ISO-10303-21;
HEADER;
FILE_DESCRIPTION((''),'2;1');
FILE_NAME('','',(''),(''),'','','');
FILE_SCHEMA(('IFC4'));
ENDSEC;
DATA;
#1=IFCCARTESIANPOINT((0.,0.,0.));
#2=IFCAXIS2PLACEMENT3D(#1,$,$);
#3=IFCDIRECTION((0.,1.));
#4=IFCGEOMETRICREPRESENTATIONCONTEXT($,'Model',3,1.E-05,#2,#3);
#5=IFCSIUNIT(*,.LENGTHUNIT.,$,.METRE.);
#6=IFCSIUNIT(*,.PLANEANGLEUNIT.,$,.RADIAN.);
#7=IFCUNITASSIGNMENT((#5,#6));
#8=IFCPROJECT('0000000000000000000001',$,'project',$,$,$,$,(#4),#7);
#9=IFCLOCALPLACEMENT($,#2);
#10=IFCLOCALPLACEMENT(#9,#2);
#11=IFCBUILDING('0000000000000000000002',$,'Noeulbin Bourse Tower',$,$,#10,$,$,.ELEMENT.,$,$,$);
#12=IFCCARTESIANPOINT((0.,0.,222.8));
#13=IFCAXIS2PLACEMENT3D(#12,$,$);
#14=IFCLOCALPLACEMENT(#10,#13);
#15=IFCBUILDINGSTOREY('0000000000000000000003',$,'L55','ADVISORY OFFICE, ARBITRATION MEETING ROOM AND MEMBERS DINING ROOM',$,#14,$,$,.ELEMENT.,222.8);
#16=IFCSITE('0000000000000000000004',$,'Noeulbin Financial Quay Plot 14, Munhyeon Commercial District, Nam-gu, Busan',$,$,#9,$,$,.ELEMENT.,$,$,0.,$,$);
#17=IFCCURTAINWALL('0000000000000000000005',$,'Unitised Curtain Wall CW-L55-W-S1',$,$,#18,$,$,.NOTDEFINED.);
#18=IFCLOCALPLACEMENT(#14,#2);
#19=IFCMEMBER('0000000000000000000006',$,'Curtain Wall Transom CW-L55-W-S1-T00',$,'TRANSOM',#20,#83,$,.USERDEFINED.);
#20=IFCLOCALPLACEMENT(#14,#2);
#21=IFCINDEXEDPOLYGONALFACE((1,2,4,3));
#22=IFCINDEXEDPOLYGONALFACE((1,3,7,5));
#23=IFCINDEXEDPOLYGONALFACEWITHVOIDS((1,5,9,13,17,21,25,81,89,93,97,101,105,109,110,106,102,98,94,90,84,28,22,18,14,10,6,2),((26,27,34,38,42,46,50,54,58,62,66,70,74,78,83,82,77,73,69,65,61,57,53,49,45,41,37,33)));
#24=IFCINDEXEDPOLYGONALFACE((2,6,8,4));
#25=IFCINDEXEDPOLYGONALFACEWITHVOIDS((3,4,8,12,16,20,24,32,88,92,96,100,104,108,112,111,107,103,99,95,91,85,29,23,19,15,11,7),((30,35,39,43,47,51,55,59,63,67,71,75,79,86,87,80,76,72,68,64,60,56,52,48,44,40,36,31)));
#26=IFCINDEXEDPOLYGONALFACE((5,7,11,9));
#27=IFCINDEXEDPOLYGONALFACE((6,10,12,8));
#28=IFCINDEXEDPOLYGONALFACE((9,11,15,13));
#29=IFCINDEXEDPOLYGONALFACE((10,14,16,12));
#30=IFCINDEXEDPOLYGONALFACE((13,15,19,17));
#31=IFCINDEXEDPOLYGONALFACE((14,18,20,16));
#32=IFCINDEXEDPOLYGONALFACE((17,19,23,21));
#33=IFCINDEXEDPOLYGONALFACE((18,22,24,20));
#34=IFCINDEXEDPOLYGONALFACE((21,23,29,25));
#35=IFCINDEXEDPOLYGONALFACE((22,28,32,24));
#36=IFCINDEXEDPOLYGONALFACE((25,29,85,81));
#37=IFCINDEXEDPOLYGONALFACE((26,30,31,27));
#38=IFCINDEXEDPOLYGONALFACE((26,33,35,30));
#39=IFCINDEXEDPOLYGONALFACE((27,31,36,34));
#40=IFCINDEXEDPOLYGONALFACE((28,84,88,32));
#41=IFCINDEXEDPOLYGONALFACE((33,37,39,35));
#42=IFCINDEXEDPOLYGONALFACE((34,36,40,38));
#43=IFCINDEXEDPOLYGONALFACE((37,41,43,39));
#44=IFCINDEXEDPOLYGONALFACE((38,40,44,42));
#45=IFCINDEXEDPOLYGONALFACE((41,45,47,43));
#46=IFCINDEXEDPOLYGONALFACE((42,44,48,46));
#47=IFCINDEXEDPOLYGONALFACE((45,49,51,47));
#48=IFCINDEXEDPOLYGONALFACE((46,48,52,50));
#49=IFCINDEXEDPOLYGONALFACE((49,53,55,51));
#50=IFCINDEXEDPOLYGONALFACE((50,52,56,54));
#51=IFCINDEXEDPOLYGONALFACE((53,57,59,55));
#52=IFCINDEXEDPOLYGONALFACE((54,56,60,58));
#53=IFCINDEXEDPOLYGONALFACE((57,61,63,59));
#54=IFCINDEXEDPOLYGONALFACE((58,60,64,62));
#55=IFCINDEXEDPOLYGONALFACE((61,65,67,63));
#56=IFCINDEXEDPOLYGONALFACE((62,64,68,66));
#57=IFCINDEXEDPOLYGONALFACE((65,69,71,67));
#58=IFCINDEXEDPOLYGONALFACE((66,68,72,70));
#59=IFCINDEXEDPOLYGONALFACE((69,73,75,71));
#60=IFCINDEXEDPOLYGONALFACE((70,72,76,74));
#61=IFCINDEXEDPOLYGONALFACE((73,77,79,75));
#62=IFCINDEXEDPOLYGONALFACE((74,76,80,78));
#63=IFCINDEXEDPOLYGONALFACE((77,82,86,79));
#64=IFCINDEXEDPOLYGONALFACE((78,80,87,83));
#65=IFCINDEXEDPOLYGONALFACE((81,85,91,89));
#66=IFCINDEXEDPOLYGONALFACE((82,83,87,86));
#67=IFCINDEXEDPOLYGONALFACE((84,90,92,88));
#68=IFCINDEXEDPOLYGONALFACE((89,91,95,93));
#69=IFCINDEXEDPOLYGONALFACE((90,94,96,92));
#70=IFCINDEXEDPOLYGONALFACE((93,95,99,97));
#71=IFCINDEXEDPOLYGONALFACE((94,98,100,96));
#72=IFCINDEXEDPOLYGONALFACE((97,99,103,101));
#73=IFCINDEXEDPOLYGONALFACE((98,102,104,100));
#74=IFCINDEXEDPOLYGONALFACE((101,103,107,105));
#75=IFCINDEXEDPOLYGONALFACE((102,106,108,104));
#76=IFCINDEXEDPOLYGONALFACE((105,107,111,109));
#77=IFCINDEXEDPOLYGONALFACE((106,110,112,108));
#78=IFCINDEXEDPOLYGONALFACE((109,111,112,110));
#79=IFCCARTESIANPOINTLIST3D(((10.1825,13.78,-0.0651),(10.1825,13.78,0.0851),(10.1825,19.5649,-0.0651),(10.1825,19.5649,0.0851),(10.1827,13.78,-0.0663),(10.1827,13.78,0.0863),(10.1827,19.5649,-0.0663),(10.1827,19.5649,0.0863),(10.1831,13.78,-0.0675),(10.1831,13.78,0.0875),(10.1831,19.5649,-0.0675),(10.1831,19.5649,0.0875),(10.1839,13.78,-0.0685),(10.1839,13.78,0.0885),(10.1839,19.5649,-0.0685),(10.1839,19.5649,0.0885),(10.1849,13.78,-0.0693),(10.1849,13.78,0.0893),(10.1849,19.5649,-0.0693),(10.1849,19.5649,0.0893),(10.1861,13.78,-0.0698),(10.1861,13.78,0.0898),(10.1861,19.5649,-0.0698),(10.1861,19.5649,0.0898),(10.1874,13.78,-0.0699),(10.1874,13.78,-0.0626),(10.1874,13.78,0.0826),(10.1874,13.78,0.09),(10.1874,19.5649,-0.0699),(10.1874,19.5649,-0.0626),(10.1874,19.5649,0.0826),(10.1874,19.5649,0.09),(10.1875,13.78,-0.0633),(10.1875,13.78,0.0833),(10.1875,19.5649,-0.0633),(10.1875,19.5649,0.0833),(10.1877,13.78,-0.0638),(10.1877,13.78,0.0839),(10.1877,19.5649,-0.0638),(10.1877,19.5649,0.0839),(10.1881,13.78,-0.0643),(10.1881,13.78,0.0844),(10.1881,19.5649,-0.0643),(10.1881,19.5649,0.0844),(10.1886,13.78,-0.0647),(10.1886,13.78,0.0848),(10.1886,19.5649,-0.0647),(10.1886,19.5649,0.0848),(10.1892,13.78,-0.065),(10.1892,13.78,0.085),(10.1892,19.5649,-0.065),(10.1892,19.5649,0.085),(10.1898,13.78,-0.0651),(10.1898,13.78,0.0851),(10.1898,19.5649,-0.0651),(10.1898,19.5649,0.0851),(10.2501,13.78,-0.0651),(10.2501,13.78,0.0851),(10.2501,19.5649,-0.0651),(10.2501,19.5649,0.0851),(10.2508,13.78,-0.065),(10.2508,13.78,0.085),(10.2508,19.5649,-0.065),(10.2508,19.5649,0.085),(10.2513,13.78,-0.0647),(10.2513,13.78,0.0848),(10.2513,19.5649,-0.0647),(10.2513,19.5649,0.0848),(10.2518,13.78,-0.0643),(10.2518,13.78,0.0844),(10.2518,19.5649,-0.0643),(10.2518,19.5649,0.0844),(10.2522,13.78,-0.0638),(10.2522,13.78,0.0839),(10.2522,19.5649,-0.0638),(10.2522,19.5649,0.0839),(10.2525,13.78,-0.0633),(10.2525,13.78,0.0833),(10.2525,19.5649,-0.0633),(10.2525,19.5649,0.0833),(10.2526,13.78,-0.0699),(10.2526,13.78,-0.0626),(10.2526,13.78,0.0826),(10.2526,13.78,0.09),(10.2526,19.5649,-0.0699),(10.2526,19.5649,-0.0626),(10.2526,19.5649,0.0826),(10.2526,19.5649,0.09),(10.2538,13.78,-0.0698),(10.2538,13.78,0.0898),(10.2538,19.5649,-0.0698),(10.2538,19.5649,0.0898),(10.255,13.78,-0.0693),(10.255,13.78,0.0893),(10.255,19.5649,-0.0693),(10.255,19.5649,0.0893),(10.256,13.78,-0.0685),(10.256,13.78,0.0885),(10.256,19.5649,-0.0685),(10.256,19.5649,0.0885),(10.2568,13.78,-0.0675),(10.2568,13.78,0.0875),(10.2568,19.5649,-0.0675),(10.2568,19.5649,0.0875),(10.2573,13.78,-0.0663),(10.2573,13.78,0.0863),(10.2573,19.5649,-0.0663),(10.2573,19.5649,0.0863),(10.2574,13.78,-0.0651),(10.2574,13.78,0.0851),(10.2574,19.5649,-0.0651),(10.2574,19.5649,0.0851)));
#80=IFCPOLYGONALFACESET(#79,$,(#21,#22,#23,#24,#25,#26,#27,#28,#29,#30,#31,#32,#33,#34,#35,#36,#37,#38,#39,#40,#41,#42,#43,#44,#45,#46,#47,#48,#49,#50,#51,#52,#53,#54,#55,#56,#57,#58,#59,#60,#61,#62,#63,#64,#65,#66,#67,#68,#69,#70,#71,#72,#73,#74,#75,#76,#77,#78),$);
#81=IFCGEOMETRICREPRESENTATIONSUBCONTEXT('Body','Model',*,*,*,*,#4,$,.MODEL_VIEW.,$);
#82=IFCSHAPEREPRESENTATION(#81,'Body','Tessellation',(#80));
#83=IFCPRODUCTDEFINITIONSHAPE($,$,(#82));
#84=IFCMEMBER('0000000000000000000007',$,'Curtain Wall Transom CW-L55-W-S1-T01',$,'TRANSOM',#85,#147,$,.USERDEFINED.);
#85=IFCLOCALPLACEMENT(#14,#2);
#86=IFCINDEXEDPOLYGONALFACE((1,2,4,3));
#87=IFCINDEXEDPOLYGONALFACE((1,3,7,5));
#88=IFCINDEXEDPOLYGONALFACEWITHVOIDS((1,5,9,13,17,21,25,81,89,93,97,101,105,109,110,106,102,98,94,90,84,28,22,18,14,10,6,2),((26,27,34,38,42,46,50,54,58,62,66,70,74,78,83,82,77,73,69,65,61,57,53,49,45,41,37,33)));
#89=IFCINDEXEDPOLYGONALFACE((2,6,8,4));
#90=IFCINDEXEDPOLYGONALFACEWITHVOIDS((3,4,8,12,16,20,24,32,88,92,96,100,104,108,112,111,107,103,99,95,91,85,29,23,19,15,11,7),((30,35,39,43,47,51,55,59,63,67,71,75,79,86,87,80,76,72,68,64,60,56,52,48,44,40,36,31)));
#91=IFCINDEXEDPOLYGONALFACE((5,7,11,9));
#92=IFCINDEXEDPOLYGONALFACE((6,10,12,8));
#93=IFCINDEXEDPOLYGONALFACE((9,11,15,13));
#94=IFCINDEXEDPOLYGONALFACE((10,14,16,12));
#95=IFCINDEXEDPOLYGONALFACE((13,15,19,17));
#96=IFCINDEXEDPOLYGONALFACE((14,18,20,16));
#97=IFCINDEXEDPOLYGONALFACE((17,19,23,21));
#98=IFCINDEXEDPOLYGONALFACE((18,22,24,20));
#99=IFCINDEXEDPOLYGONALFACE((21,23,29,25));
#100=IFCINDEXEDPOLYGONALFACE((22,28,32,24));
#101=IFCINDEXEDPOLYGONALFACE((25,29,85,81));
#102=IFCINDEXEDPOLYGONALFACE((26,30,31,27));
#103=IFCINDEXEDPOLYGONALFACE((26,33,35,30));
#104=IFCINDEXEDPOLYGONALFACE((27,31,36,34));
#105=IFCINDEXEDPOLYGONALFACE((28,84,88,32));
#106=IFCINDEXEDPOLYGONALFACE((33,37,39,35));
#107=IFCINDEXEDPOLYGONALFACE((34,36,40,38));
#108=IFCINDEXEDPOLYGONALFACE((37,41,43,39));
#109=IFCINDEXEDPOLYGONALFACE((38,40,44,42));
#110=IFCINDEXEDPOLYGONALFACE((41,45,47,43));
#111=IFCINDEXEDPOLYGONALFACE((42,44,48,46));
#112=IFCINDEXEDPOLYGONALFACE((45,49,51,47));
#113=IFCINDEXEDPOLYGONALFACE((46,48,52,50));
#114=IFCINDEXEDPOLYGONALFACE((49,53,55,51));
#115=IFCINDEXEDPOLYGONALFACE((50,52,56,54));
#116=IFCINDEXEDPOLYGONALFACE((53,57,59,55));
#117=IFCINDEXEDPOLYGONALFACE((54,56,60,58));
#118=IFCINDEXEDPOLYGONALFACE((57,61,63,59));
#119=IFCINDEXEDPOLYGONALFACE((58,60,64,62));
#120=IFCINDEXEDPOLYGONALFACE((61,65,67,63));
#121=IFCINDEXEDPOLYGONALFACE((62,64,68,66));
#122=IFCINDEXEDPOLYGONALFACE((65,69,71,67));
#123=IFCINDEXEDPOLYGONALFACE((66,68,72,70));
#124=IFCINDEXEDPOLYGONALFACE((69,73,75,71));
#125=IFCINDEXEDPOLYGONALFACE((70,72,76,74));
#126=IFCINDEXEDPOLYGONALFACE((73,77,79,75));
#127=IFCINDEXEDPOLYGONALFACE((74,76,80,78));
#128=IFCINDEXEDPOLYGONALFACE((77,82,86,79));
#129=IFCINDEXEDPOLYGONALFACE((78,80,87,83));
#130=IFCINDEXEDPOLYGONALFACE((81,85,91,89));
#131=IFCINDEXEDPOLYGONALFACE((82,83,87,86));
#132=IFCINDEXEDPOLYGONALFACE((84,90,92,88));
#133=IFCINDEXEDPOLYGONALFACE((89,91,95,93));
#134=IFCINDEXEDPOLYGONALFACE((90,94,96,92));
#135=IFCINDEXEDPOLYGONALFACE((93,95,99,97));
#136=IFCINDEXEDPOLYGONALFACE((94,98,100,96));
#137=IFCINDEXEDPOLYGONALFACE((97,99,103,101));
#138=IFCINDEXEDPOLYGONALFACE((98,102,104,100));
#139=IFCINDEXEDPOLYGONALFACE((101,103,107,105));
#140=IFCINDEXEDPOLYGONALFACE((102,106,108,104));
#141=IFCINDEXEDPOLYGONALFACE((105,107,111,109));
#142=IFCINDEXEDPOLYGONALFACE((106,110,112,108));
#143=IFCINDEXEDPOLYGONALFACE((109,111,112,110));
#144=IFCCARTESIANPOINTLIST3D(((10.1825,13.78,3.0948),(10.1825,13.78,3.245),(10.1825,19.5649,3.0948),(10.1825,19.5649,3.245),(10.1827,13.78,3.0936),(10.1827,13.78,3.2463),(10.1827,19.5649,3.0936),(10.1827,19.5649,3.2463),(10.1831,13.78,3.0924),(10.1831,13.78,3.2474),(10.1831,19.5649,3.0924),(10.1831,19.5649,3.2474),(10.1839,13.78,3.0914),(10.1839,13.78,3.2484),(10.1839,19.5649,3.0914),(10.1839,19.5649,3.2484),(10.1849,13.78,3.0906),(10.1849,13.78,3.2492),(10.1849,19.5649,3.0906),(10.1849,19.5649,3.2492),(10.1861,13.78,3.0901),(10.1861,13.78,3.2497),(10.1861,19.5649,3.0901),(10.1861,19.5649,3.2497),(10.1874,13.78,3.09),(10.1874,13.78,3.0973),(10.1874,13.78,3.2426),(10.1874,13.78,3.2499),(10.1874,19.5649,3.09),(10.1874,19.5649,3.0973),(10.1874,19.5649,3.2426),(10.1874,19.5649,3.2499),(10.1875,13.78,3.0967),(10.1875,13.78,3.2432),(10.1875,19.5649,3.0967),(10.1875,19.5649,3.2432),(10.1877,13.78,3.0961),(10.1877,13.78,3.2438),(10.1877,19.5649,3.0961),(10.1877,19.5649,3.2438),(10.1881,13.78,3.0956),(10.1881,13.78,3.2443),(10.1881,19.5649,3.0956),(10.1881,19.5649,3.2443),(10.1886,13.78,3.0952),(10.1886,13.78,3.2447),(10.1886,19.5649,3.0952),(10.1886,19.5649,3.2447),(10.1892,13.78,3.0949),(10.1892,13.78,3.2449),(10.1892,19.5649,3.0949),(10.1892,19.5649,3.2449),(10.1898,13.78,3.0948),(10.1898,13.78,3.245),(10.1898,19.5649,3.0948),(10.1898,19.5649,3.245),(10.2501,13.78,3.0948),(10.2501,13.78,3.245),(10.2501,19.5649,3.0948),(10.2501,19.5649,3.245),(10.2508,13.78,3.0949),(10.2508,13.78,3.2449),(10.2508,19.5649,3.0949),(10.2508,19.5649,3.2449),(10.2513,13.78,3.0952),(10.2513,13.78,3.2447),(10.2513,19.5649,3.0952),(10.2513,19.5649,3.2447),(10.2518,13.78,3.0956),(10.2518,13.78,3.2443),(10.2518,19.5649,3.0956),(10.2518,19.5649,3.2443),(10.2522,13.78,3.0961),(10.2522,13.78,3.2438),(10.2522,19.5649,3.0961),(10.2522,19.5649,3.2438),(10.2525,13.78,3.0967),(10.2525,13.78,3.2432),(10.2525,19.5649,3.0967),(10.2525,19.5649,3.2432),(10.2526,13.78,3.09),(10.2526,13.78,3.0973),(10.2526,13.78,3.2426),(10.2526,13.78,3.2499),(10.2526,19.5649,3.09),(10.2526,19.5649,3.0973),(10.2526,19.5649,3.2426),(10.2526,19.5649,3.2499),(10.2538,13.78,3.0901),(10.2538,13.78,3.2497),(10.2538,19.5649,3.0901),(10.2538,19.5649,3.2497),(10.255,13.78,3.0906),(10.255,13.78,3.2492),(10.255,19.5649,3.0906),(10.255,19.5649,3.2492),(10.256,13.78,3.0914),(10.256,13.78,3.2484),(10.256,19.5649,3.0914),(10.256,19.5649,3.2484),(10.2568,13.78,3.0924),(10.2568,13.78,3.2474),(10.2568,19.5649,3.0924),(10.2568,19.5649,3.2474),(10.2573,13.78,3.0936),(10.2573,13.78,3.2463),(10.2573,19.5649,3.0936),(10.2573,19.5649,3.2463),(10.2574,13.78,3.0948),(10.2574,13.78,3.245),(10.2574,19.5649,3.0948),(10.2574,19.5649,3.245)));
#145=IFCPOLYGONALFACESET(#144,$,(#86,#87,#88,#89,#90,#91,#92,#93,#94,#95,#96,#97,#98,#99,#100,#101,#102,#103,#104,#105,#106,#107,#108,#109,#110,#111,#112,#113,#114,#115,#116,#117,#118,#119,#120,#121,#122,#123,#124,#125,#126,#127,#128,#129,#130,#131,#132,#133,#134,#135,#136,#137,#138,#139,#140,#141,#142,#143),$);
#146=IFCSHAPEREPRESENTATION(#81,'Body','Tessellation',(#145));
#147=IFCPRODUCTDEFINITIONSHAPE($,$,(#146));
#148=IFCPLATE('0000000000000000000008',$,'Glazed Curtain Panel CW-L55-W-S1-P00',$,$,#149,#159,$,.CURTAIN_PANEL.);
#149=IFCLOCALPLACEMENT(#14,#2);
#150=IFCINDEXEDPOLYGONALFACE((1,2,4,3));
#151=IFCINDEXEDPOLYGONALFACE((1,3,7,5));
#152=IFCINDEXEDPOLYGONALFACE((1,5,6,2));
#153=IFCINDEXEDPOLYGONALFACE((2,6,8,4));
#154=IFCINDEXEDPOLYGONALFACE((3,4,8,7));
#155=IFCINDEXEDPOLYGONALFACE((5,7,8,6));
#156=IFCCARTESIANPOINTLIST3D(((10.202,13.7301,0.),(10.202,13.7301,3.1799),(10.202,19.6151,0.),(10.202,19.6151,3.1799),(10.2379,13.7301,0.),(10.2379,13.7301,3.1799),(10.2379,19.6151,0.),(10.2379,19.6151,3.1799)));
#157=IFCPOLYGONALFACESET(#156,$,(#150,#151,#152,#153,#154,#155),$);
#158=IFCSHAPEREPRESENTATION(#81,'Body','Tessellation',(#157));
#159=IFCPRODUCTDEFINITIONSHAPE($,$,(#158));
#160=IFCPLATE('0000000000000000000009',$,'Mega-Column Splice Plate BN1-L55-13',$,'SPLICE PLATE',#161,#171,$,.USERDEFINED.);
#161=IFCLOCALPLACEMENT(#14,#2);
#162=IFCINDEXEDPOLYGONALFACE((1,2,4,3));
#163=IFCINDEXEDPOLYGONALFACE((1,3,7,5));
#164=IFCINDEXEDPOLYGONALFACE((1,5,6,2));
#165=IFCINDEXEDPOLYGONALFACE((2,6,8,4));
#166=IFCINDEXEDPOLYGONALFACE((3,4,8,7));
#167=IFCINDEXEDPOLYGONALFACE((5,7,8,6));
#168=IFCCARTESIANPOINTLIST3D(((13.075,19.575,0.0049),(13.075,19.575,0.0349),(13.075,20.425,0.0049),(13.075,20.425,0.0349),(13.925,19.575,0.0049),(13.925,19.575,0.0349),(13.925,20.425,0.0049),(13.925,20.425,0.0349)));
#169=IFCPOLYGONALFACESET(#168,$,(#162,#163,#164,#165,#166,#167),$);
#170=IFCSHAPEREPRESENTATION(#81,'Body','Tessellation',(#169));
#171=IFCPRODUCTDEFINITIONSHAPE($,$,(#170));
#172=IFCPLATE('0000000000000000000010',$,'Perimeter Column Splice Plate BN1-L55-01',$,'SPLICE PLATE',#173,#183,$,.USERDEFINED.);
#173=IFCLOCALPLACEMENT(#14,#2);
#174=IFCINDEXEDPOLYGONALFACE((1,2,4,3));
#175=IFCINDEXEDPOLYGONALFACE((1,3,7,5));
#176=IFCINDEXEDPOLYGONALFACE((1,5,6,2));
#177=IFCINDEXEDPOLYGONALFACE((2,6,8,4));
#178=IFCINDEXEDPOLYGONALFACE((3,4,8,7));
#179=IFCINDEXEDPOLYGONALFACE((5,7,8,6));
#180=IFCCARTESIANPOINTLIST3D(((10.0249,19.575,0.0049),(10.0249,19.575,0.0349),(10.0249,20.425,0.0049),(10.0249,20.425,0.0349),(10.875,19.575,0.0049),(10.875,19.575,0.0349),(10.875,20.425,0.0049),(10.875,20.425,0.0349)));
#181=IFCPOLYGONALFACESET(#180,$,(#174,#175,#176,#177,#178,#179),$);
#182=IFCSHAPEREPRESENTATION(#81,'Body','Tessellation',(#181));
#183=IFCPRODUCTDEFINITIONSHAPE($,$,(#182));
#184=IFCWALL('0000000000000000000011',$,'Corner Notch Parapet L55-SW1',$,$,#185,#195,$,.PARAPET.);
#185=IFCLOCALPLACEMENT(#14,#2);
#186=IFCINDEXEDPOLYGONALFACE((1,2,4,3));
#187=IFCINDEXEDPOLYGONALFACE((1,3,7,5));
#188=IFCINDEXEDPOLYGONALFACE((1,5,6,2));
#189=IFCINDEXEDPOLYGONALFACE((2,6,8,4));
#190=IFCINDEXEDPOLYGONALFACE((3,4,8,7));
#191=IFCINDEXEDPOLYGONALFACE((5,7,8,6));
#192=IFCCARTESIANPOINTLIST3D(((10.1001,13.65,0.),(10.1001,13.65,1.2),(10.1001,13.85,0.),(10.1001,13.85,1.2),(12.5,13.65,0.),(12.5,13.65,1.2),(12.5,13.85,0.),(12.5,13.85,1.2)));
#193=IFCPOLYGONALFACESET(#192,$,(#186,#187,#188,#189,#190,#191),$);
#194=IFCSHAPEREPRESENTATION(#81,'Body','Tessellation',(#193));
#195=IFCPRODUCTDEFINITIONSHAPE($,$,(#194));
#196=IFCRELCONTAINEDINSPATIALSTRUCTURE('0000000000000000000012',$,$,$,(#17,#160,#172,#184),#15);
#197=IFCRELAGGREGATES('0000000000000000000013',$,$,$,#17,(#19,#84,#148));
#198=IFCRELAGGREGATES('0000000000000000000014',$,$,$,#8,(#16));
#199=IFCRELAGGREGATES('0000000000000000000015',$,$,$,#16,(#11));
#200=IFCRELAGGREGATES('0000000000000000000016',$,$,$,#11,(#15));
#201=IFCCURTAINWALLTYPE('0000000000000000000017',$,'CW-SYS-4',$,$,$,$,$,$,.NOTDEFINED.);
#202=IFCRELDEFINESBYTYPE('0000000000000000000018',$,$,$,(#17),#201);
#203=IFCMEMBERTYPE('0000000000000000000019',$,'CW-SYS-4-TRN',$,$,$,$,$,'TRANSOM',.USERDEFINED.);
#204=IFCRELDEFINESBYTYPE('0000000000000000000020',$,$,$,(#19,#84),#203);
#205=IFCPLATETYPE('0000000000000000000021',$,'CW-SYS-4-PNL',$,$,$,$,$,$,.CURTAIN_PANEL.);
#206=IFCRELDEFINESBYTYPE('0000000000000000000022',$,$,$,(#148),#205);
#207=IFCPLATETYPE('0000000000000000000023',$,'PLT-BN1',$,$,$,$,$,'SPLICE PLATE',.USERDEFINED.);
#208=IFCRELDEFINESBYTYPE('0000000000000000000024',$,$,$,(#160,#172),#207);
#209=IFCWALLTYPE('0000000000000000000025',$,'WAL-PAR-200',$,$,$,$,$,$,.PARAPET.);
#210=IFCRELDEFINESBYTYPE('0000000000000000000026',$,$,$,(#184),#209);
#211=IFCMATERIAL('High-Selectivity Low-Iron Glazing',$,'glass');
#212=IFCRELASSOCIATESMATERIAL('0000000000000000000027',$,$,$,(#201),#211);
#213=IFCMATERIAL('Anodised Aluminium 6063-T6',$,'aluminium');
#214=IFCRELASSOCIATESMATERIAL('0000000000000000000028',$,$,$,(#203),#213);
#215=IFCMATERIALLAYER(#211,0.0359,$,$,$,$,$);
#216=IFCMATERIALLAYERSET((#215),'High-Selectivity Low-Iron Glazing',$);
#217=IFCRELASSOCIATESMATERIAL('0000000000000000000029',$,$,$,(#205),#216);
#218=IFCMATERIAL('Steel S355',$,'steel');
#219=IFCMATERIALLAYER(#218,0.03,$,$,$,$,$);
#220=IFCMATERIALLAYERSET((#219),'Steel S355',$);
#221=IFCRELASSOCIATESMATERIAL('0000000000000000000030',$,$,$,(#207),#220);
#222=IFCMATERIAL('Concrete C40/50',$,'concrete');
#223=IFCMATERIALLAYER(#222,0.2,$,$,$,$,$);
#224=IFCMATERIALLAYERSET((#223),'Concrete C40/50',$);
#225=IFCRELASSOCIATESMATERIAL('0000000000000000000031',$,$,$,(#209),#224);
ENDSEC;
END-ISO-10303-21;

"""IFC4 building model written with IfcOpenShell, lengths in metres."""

from ifc_helpers import new_model, si_unit, direction, frame, frame_2d, origin, origin_2d, place, context, subcontext, project, spatial, rectangle, hollow_rectangle, extrude, material, layer, layer_set, material_profile, profile_set, type_object, element, aggregate, save


model = new_model("IFC4")

# Units and contexts
model_context = context("Model", 3, precision=1e-05, world=origin(), true_north=direction((0.0, 1.0)))
body_context = subcontext(model_context, "Body", "Model", "MODEL_VIEW")
ifc_project = project(units=[si_unit("LENGTHUNIT", "METRE"), si_unit("PLANEANGLEUNIT", "RADIAN")], contexts=[model_context])

# Site, building, storey
site_placement = place(None, origin())
site = spatial("IfcSite", under=ifc_project, at=site_placement, Name="Noeulbin Financial Quay Plot 14, Munhyeon Commercial District, Nam-gu, Busan", CompositionType="ELEMENT", RefElevation=0.0)
building_placement = place(site_placement, origin())
building = spatial("IfcBuilding", under=site, at=building_placement, Name="Noeulbin Bourse Tower", CompositionType="ELEMENT")
storey_placement = place(building_placement, frame((0.0, 0.0, 222.8)))
storey = spatial("IfcBuildingStorey", under=building, at=storey_placement, Name="L55", Description="ADVISORY OFFICE, ARBITRATION MEETING ROOM AND MEMBERS DINING ROOM", CompositionType="ELEMENT", Elevation=222.8)

# Shared definitions
ifc_material_1 = material(Name="Steel S355", Category="steel")

# Curtain wall, members, plate
ifc_material_2 = material(Name="High-Selectivity Low-Iron Glazing", Category="glass")
curtain_wall_type = type_object("IfcCurtainWallType", Name="CW-SYS-4", PredefinedType="NOTDEFINED", material=ifc_material_2)
curtain_wall_placement = place(storey_placement, origin())
curtain_wall = element("IfcCurtainWall", 1, at=curtain_wall_placement, inside=storey, type_object=curtain_wall_type, Name="Unitised Curtain Wall CW-L55-W-S1", PredefinedType="NOTDEFINED")
ifc_material_3 = material(Name="Anodised Aluminium 6063-T6", Category="aluminium")
ifc_material_profile_1 = material_profile(ifc_material_3, hollow_rectangle(XDim=0.075, YDim=0.1599, WallThickness=0.0049, InnerFilletRadius=0.0024, OuterFilletRadius=0.0049, at=origin_2d()), Name="ALU-TRAN-75x160x5", Category="LoadBearing")
ifc_profile_set_1 = profile_set([ifc_material_profile_1], Name="Anodised Aluminium 6063-T6")
member_type_1 = type_object("IfcMemberType", Name="CW-SYS-4-TRN", ElementType="TRANSOM", PredefinedType="USERDEFINED", material=ifc_profile_set_1)
member_1_placement = place(storey_placement, frame((10.22, 13.78, 0.01), z_axis=(0.0, 1.0, 0.0), x_axis=(-1.0, 0.0, 0.0)))
member_1 = element("IfcMember", 2, at=member_1_placement, type_object=member_type_1, Name="Curtain Wall Transom CW-L55-W-S1-T00", ObjectType="TRANSOM", PredefinedType="USERDEFINED", context=body_context, shape_type="SweptSolid", body=[
    extrude(hollow_rectangle(XDim=0.075, YDim=0.1599, WallThickness=0.0049, InnerFilletRadius=0.0024, OuterFilletRadius=0.0049, at=origin_2d()), origin(), (0.0, 0.0, 1.0), 5.7849),
])
member_2_placement = place(storey_placement, frame((10.22, 13.78, 3.1699), z_axis=(0.0, 1.0, 0.0), x_axis=(-1.0, 0.0, 0.0)))
member_2 = element("IfcMember", 3, at=member_2_placement, type_object=member_type_1, Name="Curtain Wall Transom CW-L55-W-S1-T01", ObjectType="TRANSOM", PredefinedType="USERDEFINED", context=body_context, shape_type="SweptSolid", body=[
    extrude(hollow_rectangle(XDim=0.075, YDim=0.1599, WallThickness=0.0049, InnerFilletRadius=0.0024, OuterFilletRadius=0.0049, at=origin_2d()), origin(), (0.0, 0.0, 1.0), 5.7849),
])
ifc_layer_1 = layer(ifc_material_2, 0.0359)
ifc_layer_set_1 = layer_set([ifc_layer_1], Name="High-Selectivity Low-Iron Glazing")
plate_type_1 = type_object("IfcPlateType", Name="CW-SYS-4-PNL", PredefinedType="CURTAIN_PANEL", material=ifc_layer_set_1)
plate_placement = place(storey_placement, frame((10.22, 16.6726, 0.0), z_axis=(0.0, 0.0, 1.0), x_axis=(0.0, 1.0, 0.0)))
plate = element("IfcPlate", 4, at=plate_placement, type_object=plate_type_1, Name="Glazed Curtain Panel CW-L55-W-S1-P00", PredefinedType="CURTAIN_PANEL", context=body_context, shape_type="SweptSolid", body=[
    extrude(rectangle(XDim=5.885, YDim=0.0359, at=origin_2d()), origin(), (0.0, 0.0, 1.0), 3.1799),
])
aggregate(curtain_wall, [member_1, member_2, plate])

# Plates
ifc_layer_2 = layer(ifc_material_1, 0.03)
ifc_layer_set_2 = layer_set([ifc_layer_2], Name="Steel S355")
plate_type_2 = type_object("IfcPlateType", Name="PLT-BN1", ElementType="SPLICE PLATE", PredefinedType="USERDEFINED", material=ifc_layer_set_2)
for number, where, z_axis, x_axis, name in (
    (5, (13.5, 20.0, 0.0049), (0.0, 0.0, 1.0), (1.0, 0.0, 0.0), "Mega-Column Splice Plate BN1-L55-13"),
    (6, (10.45, 20.0, 0.0049), (0.0, 0.0, 1.0), (1.0, 0.0, 0.0), "Perimeter Column Splice Plate BN1-L55-01"),
):
    element("IfcPlate", number, at=place(storey_placement, frame(where, z_axis=z_axis, x_axis=x_axis)), inside=storey, type_object=plate_type_2, Name=name, ObjectType="SPLICE PLATE", PredefinedType="USERDEFINED", context=body_context, shape_type="SweptSolid", body=[
        extrude(rectangle(XDim=0.8501, YDim=0.8501, at=origin_2d()), origin(), (0.0, 0.0, 1.0), 0.03),
    ])

# Wall
ifc_material_4 = material(Name="Concrete C40/50", Category="concrete")
ifc_layer_3 = layer(ifc_material_4, 0.2)
ifc_layer_set_3 = layer_set([ifc_layer_3], Name="Concrete C40/50")
wall_type_1 = type_object("IfcWallType", Name="WAL-PAR-200", PredefinedType="PARAPET", material=ifc_layer_set_3)
for number, where, z_axis, x_axis, name in (
    (7, (10.1001, 13.75, 0.0), (0.0, 0.0, 1.0), (1.0, 0.0, 0.0), "Corner Notch Parapet L55-SW1"),
):
    element("IfcWall", number, at=place(storey_placement, frame(where, z_axis=z_axis, x_axis=x_axis)), inside=storey, type_object=wall_type_1, Name=name, PredefinedType="PARAPET", context=body_context, shape_type="SweptSolid", body=[
        extrude(rectangle(XDim=2.3999, YDim=0.2, at=frame_2d((1.2, 0.0))), origin(), (0.0, 0.0, 1.0), 1.2),
    ])

save(model, "model.ifc")
